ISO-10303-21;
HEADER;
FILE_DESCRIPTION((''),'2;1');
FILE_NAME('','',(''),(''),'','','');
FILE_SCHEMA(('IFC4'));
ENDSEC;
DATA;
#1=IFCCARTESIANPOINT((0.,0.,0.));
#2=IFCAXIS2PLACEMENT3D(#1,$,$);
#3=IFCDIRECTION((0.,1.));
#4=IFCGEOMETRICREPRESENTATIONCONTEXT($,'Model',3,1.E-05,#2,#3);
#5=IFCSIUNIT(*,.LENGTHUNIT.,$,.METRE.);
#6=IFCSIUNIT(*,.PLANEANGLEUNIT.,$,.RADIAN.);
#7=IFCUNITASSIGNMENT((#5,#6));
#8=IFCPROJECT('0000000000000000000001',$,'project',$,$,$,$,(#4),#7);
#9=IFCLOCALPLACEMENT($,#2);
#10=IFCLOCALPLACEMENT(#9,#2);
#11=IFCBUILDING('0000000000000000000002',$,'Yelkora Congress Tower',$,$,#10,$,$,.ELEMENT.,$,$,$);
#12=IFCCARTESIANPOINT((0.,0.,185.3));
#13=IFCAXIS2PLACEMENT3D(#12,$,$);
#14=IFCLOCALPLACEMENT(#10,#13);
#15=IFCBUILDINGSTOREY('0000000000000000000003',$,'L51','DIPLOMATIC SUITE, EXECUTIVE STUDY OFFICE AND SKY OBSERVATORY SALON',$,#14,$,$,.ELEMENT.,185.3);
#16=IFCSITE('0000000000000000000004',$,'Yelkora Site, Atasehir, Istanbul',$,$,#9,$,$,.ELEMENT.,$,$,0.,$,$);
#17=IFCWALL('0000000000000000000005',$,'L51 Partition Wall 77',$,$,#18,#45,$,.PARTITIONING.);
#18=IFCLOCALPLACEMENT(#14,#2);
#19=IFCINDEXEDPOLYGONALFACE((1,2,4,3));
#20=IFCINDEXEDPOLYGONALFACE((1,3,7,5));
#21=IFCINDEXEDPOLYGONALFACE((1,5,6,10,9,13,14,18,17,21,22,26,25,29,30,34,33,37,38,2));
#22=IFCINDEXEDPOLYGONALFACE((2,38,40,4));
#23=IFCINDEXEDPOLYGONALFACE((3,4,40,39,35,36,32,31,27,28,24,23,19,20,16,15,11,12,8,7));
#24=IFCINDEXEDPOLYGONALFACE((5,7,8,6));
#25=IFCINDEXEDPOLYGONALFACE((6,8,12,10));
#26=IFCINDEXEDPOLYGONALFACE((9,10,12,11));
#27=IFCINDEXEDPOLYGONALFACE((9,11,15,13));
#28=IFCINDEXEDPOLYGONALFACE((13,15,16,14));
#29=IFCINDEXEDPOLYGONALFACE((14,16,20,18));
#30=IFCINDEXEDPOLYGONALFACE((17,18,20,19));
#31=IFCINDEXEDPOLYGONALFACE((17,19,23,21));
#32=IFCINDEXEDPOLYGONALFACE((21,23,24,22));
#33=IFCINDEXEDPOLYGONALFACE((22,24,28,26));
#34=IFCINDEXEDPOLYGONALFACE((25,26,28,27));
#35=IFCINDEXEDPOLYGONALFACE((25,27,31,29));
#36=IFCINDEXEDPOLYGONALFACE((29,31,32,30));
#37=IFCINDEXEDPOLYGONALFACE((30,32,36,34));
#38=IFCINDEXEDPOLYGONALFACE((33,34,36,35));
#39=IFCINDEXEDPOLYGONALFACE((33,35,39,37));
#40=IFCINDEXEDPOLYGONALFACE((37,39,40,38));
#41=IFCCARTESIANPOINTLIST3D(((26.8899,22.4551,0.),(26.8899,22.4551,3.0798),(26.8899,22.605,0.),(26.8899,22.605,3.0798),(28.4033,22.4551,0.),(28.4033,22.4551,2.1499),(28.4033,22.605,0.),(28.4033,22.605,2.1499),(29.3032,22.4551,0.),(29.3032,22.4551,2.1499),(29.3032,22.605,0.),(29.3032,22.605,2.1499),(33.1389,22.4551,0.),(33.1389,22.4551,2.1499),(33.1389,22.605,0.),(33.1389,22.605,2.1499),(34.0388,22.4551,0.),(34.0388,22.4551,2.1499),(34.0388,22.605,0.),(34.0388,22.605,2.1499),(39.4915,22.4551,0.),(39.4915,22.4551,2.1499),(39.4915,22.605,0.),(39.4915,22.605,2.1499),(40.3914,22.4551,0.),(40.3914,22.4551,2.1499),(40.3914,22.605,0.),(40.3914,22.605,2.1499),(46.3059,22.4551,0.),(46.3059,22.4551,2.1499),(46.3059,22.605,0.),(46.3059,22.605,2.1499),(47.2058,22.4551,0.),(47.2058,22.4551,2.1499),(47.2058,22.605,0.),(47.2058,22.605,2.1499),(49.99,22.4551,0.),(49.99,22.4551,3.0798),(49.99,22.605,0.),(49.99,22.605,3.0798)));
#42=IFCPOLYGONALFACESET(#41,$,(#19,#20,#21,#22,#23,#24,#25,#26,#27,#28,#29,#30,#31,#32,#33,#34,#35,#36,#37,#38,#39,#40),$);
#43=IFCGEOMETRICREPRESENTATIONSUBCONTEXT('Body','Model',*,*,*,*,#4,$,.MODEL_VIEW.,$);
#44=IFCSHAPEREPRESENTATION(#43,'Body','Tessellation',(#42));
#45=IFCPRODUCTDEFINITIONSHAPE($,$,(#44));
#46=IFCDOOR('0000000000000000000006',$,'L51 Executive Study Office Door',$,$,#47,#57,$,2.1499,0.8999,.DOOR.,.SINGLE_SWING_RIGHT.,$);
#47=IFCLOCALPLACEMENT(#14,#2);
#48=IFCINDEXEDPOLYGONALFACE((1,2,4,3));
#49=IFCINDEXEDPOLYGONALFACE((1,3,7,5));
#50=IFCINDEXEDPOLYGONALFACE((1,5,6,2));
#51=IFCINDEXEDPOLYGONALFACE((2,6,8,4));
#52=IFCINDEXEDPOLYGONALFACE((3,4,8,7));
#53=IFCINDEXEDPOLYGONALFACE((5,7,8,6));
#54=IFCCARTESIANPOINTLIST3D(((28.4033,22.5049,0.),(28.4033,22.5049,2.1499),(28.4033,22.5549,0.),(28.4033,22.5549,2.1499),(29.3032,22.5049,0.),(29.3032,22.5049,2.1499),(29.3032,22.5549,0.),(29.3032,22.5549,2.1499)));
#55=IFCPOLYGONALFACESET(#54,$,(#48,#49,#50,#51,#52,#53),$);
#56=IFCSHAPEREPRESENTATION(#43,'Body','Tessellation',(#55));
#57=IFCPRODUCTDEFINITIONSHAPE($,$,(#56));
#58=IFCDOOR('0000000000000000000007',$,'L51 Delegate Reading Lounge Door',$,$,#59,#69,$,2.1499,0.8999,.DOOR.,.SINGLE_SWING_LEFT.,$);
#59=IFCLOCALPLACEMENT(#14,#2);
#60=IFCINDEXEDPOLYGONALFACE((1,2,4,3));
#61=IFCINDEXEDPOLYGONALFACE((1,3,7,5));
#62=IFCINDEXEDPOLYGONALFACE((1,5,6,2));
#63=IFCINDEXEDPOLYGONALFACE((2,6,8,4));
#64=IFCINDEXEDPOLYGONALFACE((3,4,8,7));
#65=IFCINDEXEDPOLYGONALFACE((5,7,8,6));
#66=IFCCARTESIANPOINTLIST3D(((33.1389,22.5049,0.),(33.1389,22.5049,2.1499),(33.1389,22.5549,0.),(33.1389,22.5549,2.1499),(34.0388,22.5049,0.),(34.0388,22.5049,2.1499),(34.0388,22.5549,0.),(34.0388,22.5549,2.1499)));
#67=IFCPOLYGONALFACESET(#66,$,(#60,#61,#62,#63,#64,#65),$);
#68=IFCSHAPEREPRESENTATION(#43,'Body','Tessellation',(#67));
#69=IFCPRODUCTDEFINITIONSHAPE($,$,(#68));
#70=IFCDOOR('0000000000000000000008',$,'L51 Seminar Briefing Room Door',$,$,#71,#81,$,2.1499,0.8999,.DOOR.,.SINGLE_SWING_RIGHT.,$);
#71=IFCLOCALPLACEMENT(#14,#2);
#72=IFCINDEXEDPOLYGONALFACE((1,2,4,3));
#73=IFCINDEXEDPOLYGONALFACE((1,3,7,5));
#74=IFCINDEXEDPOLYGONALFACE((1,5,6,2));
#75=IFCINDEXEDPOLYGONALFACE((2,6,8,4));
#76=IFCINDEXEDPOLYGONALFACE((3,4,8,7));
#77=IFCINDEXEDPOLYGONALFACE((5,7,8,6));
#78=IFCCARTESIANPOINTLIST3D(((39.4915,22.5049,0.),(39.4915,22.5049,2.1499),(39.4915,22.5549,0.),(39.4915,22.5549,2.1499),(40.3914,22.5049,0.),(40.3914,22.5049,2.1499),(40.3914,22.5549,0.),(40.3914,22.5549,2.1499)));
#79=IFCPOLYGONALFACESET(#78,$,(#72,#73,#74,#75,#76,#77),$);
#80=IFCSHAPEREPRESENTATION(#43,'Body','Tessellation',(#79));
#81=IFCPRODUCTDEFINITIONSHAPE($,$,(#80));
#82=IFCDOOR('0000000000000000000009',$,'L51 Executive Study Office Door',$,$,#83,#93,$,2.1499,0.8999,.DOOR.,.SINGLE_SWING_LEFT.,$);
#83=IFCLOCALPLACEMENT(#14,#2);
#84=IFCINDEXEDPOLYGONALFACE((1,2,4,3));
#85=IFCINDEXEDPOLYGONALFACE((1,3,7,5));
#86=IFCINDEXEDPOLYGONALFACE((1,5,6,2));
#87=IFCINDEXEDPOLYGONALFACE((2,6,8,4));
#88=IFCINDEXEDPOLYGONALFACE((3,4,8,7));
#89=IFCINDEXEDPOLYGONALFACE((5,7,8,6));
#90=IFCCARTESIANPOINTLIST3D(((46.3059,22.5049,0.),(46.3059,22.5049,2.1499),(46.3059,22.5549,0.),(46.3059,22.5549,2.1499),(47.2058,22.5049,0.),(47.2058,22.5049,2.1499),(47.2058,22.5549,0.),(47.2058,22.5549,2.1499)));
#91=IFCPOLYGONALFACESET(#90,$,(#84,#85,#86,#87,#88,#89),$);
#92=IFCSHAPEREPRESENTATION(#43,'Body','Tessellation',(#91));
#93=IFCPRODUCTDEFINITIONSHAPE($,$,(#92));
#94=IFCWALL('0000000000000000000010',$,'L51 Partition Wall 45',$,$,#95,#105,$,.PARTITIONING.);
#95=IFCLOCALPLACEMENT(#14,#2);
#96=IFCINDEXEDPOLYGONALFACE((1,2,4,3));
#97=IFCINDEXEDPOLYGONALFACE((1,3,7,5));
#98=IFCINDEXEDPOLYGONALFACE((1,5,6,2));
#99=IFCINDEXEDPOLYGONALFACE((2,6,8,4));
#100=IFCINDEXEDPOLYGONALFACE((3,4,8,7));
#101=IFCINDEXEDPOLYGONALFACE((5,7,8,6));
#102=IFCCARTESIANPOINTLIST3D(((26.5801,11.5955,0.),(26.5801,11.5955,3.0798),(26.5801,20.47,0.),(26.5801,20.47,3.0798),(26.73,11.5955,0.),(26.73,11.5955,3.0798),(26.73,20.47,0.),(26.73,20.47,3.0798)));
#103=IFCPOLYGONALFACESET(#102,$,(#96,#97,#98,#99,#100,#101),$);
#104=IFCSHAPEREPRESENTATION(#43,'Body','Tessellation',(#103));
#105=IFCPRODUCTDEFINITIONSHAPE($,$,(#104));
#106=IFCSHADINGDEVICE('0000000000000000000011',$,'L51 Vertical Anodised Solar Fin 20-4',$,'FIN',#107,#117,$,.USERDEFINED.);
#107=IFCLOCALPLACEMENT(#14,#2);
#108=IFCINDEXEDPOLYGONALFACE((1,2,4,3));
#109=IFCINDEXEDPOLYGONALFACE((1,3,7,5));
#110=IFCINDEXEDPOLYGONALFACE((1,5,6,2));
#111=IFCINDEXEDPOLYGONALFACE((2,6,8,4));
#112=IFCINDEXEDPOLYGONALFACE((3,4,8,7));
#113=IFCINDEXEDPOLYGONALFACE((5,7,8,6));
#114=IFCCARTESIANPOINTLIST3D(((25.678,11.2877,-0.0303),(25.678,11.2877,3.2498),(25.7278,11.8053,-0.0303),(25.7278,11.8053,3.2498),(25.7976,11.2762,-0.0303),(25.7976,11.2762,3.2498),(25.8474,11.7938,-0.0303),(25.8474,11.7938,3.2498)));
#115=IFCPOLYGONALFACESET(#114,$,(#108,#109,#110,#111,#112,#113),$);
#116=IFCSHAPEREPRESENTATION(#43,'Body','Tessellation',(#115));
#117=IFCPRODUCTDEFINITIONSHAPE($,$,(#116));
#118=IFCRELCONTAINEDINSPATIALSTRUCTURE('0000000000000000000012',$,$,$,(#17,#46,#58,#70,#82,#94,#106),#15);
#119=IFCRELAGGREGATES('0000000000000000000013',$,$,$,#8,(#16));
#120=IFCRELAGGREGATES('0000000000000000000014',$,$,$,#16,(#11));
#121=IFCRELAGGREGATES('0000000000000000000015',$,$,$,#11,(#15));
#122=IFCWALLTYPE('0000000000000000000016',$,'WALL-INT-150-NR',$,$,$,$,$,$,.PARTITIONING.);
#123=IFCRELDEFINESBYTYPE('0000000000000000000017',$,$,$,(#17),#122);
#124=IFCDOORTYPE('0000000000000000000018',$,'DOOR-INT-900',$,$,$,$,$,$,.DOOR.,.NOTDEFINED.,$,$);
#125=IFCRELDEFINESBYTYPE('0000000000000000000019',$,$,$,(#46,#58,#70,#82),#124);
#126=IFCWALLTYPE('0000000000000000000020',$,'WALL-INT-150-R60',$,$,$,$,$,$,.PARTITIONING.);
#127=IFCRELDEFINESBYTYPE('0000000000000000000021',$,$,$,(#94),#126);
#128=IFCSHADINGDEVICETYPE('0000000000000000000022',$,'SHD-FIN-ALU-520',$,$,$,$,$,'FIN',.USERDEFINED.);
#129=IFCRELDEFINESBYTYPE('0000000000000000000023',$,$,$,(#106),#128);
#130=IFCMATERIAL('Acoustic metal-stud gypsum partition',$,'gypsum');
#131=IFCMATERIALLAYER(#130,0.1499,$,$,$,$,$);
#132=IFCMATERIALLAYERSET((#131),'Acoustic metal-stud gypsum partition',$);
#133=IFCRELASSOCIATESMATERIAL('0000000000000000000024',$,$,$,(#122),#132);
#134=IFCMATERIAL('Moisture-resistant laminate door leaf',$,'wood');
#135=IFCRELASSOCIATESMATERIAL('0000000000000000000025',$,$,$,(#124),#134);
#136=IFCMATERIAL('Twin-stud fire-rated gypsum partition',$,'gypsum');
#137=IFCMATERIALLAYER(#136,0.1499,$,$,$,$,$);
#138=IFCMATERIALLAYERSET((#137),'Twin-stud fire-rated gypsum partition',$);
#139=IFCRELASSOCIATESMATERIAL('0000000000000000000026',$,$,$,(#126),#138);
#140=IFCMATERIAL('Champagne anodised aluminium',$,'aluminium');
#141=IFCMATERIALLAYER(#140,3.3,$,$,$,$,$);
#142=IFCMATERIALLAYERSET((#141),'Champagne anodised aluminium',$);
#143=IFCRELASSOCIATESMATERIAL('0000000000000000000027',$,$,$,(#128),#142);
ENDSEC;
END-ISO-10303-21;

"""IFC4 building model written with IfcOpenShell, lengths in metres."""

from ifc_helpers import new_model, si_unit, direction, frame, frame_2d, origin, origin_2d, place, context, subcontext, project, spatial, rectangle, extrude, material, layer, layer_set, type_object, element, fill, save


model = new_model("IFC4")

# Units and contexts
model_context = context("Model", 3, precision=1e-05, world=origin(), true_north=direction((0.0, 1.0)))
body_context = subcontext(model_context, "Body", "Model", "MODEL_VIEW")
ifc_project = project(units=[si_unit("LENGTHUNIT", "METRE"), si_unit("PLANEANGLEUNIT", "RADIAN")], contexts=[model_context])

# Site, building, storey
site_placement = place(None, origin())
site = spatial("IfcSite", under=ifc_project, at=site_placement, Name="Yelkora Site, Atasehir, Istanbul", CompositionType="ELEMENT", RefElevation=0.0)
building_placement = place(site_placement, origin())
building = spatial("IfcBuilding", under=site, at=building_placement, Name="Yelkora Congress Tower", CompositionType="ELEMENT")
storey_placement = place(building_placement, frame((0.0, 0.0, 185.3)))
storey = spatial("IfcBuildingStorey", under=building, at=storey_placement, Name="L51", Description="DIPLOMATIC SUITE, EXECUTIVE STUDY OFFICE AND SKY OBSERVATORY SALON", CompositionType="ELEMENT", Elevation=185.3)

# Shared definitions
ifc_material_1 = material(Name="Acoustic metal-stud gypsum partition", Category="gypsum")
ifc_layer_1 = layer(ifc_material_1, 0.1499)
ifc_layer_set_1 = layer_set([ifc_layer_1], Name="Acoustic metal-stud gypsum partition")
wall_type_1 = type_object("IfcWallType", Name="WALL-INT-150-NR", PredefinedType="PARTITIONING", material=ifc_layer_set_1)

# Wall, openings, doors
wall_1_placement = place(storey_placement, frame((26.8899, 22.53, 0.0), z_axis=(0.0, 0.0, 1.0), x_axis=(1.0, 0.0, 0.0)))
wall_1 = element("IfcWall", 1, at=wall_1_placement, inside=storey, type_object=wall_type_1, Name="L51 Partition Wall 77", PredefinedType="PARTITIONING", context=body_context, shape_type="SweptSolid", body=[
    extrude(rectangle(XDim=23.1001, YDim=0.1499, at=frame_2d((11.55, 0.0))), origin(), (0.0, 0.0, 1.0), 3.0798),
])
opening_1_placement = place(wall_1_placement, frame((1.5134, 0.0, 0.0)))
opening_1 = element("IfcOpeningElement", 2, at=opening_1_placement, cuts=wall_1, PredefinedType="OPENING", context=body_context, shape_type="SweptSolid", body=[
    extrude(rectangle(XDim=0.8999, YDim=2.1499, at=frame_2d((0.45, 1.075))), frame((0.0, 0.085, 0.0), z_axis=(0.0, -1.0, 0.0), x_axis=(1.0, 0.0, 0.0)), (0.0, 0.0, 1.0), 0.1699),
])
opening_2_placement = place(wall_1_placement, frame((6.249, 0.0, 0.0)))
opening_2 = element("IfcOpeningElement", 3, at=opening_2_placement, cuts=wall_1, PredefinedType="OPENING", context=body_context, shape_type="SweptSolid", body=[
    extrude(rectangle(XDim=0.8999, YDim=2.1499, at=frame_2d((0.45, 1.075))), frame((0.0, 0.085, 0.0), z_axis=(0.0, -1.0, 0.0), x_axis=(1.0, 0.0, 0.0)), (0.0, 0.0, 1.0), 0.1699),
])
opening_3_placement = place(wall_1_placement, frame((12.6016, 0.0, 0.0)))
opening_3 = element("IfcOpeningElement", 4, at=opening_3_placement, cuts=wall_1, PredefinedType="OPENING", context=body_context, shape_type="SweptSolid", body=[
    extrude(rectangle(XDim=0.8999, YDim=2.1499, at=frame_2d((0.45, 1.075))), frame((0.0, 0.085, 0.0), z_axis=(0.0, -1.0, 0.0), x_axis=(1.0, 0.0, 0.0)), (0.0, 0.0, 1.0), 0.1699),
])
opening_4_placement = place(wall_1_placement, frame((19.416, 0.0, 0.0)))
opening_4 = element("IfcOpeningElement", 5, at=opening_4_placement, cuts=wall_1, PredefinedType="OPENING", context=body_context, shape_type="SweptSolid", body=[
    extrude(rectangle(XDim=0.8999, YDim=2.1499, at=frame_2d((0.45, 1.075))), frame((0.0, 0.085, 0.0), z_axis=(0.0, -1.0, 0.0), x_axis=(1.0, 0.0, 0.0)), (0.0, 0.0, 1.0), 0.1699),
])
ifc_material_2 = material(Name="Moisture-resistant laminate door leaf", Category="wood")
door_type_1 = type_object("IfcDoorType", Name="DOOR-INT-900", OperationType="NOTDEFINED", PredefinedType="DOOR", material=ifc_material_2)
door_1_placement = place(opening_1_placement, origin())
door_1 = element("IfcDoor", 6, at=door_1_placement, inside=storey, type_object=door_type_1, Name="L51 Executive Study Office Door", OperationType="SINGLE_SWING_RIGHT", OverallHeight=2.1499, OverallWidth=0.8999, PredefinedType="DOOR", context=body_context, shape_type="SweptSolid", body=[
    extrude(rectangle(XDim=0.8999, YDim=2.1499, at=frame_2d((0.45, 1.075))), frame((0.0, 0.0249, 0.0), z_axis=(0.0, -1.0, 0.0), x_axis=(1.0, 0.0, 0.0)), (0.0, 0.0, 1.0), 0.05),
])
fill(opening_1, door_1)
door_2_placement = place(opening_2_placement, origin())
door_2 = element("IfcDoor", 7, at=door_2_placement, inside=storey, type_object=door_type_1, Name="L51 Delegate Reading Lounge Door", OperationType="SINGLE_SWING_LEFT", OverallHeight=2.1499, OverallWidth=0.8999, PredefinedType="DOOR", context=body_context, shape_type="SweptSolid", body=[
    extrude(rectangle(XDim=0.8999, YDim=2.1499, at=frame_2d((0.45, 1.075))), frame((0.0, 0.0249, 0.0), z_axis=(0.0, -1.0, 0.0), x_axis=(1.0, 0.0, 0.0)), (0.0, 0.0, 1.0), 0.05),
])
fill(opening_2, door_2)
door_3_placement = place(opening_3_placement, origin())
door_3 = element("IfcDoor", 8, at=door_3_placement, inside=storey, type_object=door_type_1, Name="L51 Seminar Briefing Room Door", OperationType="SINGLE_SWING_RIGHT", OverallHeight=2.1499, OverallWidth=0.8999, PredefinedType="DOOR", context=body_context, shape_type="SweptSolid", body=[
    extrude(rectangle(XDim=0.8999, YDim=2.1499, at=frame_2d((0.45, 1.075))), frame((0.0, 0.0249, 0.0), z_axis=(0.0, -1.0, 0.0), x_axis=(1.0, 0.0, 0.0)), (0.0, 0.0, 1.0), 0.05),
])
fill(opening_3, door_3)
door_4_placement = place(opening_4_placement, origin())
door_4 = element("IfcDoor", 9, at=door_4_placement, inside=storey, type_object=door_type_1, Name="L51 Executive Study Office Door", OperationType="SINGLE_SWING_LEFT", OverallHeight=2.1499, OverallWidth=0.8999, PredefinedType="DOOR", context=body_context, shape_type="SweptSolid", body=[
    extrude(rectangle(XDim=0.8999, YDim=2.1499, at=frame_2d((0.45, 1.075))), frame((0.0, 0.0249, 0.0), z_axis=(0.0, -1.0, 0.0), x_axis=(1.0, 0.0, 0.0)), (0.0, 0.0, 1.0), 0.05),
])
fill(opening_4, door_4)

# Wall
ifc_material_3 = material(Name="Twin-stud fire-rated gypsum partition", Category="gypsum")
ifc_layer_2 = layer(ifc_material_3, 0.1499)
ifc_layer_set_2 = layer_set([ifc_layer_2], Name="Twin-stud fire-rated gypsum partition")
wall_type_2 = type_object("IfcWallType", Name="WALL-INT-150-R60", PredefinedType="PARTITIONING", material=ifc_layer_set_2)
wall_2_placement = place(storey_placement, frame((26.655, 11.5955, 0.0), z_axis=(0.0, 0.0, 1.0), x_axis=(0.0, 1.0, 0.0)))
element("IfcWall", 10, at=wall_2_placement, inside=storey, type_object=wall_type_2, Name="L51 Partition Wall 45", PredefinedType="PARTITIONING", context=body_context, shape_type="SweptSolid", body=[
    extrude(rectangle(XDim=8.8745, YDim=0.1499, at=frame_2d((4.4373, 0.0))), origin(), (0.0, 0.0, 1.0), 3.0798),
])

# Shading device
ifc_material_4 = material(Name="Champagne anodised aluminium", Category="aluminium")
ifc_layer_3 = layer(ifc_material_4, 3.3)
ifc_layer_set_3 = layer_set([ifc_layer_3], Name="Champagne anodised aluminium")
shading_device_type = type_object("IfcShadingDeviceType", Name="SHD-FIN-ALU-520", ElementType="FIN", PredefinedType="USERDEFINED", material=ifc_layer_set_3)
shading_device_placement = place(storey_placement, frame((25.7627, 11.5408, -0.0303), z_axis=(0.0, 0.0, 1.0), x_axis=(-0.995396, 0.095846, 0.0)))
element("IfcShadingDevice", 11, at=shading_device_placement, inside=storey, type_object=shading_device_type, Name="L51 Vertical Anodised Solar Fin 20-4", ObjectType="FIN", PredefinedType="USERDEFINED", context=body_context, shape_type="SweptSolid", body=[
    extrude(rectangle(XDim=0.1201, YDim=0.52, at=origin_2d()), origin(), (0.0, 0.0, 1.0), 3.28),
])

save(model, "model.ifc")
